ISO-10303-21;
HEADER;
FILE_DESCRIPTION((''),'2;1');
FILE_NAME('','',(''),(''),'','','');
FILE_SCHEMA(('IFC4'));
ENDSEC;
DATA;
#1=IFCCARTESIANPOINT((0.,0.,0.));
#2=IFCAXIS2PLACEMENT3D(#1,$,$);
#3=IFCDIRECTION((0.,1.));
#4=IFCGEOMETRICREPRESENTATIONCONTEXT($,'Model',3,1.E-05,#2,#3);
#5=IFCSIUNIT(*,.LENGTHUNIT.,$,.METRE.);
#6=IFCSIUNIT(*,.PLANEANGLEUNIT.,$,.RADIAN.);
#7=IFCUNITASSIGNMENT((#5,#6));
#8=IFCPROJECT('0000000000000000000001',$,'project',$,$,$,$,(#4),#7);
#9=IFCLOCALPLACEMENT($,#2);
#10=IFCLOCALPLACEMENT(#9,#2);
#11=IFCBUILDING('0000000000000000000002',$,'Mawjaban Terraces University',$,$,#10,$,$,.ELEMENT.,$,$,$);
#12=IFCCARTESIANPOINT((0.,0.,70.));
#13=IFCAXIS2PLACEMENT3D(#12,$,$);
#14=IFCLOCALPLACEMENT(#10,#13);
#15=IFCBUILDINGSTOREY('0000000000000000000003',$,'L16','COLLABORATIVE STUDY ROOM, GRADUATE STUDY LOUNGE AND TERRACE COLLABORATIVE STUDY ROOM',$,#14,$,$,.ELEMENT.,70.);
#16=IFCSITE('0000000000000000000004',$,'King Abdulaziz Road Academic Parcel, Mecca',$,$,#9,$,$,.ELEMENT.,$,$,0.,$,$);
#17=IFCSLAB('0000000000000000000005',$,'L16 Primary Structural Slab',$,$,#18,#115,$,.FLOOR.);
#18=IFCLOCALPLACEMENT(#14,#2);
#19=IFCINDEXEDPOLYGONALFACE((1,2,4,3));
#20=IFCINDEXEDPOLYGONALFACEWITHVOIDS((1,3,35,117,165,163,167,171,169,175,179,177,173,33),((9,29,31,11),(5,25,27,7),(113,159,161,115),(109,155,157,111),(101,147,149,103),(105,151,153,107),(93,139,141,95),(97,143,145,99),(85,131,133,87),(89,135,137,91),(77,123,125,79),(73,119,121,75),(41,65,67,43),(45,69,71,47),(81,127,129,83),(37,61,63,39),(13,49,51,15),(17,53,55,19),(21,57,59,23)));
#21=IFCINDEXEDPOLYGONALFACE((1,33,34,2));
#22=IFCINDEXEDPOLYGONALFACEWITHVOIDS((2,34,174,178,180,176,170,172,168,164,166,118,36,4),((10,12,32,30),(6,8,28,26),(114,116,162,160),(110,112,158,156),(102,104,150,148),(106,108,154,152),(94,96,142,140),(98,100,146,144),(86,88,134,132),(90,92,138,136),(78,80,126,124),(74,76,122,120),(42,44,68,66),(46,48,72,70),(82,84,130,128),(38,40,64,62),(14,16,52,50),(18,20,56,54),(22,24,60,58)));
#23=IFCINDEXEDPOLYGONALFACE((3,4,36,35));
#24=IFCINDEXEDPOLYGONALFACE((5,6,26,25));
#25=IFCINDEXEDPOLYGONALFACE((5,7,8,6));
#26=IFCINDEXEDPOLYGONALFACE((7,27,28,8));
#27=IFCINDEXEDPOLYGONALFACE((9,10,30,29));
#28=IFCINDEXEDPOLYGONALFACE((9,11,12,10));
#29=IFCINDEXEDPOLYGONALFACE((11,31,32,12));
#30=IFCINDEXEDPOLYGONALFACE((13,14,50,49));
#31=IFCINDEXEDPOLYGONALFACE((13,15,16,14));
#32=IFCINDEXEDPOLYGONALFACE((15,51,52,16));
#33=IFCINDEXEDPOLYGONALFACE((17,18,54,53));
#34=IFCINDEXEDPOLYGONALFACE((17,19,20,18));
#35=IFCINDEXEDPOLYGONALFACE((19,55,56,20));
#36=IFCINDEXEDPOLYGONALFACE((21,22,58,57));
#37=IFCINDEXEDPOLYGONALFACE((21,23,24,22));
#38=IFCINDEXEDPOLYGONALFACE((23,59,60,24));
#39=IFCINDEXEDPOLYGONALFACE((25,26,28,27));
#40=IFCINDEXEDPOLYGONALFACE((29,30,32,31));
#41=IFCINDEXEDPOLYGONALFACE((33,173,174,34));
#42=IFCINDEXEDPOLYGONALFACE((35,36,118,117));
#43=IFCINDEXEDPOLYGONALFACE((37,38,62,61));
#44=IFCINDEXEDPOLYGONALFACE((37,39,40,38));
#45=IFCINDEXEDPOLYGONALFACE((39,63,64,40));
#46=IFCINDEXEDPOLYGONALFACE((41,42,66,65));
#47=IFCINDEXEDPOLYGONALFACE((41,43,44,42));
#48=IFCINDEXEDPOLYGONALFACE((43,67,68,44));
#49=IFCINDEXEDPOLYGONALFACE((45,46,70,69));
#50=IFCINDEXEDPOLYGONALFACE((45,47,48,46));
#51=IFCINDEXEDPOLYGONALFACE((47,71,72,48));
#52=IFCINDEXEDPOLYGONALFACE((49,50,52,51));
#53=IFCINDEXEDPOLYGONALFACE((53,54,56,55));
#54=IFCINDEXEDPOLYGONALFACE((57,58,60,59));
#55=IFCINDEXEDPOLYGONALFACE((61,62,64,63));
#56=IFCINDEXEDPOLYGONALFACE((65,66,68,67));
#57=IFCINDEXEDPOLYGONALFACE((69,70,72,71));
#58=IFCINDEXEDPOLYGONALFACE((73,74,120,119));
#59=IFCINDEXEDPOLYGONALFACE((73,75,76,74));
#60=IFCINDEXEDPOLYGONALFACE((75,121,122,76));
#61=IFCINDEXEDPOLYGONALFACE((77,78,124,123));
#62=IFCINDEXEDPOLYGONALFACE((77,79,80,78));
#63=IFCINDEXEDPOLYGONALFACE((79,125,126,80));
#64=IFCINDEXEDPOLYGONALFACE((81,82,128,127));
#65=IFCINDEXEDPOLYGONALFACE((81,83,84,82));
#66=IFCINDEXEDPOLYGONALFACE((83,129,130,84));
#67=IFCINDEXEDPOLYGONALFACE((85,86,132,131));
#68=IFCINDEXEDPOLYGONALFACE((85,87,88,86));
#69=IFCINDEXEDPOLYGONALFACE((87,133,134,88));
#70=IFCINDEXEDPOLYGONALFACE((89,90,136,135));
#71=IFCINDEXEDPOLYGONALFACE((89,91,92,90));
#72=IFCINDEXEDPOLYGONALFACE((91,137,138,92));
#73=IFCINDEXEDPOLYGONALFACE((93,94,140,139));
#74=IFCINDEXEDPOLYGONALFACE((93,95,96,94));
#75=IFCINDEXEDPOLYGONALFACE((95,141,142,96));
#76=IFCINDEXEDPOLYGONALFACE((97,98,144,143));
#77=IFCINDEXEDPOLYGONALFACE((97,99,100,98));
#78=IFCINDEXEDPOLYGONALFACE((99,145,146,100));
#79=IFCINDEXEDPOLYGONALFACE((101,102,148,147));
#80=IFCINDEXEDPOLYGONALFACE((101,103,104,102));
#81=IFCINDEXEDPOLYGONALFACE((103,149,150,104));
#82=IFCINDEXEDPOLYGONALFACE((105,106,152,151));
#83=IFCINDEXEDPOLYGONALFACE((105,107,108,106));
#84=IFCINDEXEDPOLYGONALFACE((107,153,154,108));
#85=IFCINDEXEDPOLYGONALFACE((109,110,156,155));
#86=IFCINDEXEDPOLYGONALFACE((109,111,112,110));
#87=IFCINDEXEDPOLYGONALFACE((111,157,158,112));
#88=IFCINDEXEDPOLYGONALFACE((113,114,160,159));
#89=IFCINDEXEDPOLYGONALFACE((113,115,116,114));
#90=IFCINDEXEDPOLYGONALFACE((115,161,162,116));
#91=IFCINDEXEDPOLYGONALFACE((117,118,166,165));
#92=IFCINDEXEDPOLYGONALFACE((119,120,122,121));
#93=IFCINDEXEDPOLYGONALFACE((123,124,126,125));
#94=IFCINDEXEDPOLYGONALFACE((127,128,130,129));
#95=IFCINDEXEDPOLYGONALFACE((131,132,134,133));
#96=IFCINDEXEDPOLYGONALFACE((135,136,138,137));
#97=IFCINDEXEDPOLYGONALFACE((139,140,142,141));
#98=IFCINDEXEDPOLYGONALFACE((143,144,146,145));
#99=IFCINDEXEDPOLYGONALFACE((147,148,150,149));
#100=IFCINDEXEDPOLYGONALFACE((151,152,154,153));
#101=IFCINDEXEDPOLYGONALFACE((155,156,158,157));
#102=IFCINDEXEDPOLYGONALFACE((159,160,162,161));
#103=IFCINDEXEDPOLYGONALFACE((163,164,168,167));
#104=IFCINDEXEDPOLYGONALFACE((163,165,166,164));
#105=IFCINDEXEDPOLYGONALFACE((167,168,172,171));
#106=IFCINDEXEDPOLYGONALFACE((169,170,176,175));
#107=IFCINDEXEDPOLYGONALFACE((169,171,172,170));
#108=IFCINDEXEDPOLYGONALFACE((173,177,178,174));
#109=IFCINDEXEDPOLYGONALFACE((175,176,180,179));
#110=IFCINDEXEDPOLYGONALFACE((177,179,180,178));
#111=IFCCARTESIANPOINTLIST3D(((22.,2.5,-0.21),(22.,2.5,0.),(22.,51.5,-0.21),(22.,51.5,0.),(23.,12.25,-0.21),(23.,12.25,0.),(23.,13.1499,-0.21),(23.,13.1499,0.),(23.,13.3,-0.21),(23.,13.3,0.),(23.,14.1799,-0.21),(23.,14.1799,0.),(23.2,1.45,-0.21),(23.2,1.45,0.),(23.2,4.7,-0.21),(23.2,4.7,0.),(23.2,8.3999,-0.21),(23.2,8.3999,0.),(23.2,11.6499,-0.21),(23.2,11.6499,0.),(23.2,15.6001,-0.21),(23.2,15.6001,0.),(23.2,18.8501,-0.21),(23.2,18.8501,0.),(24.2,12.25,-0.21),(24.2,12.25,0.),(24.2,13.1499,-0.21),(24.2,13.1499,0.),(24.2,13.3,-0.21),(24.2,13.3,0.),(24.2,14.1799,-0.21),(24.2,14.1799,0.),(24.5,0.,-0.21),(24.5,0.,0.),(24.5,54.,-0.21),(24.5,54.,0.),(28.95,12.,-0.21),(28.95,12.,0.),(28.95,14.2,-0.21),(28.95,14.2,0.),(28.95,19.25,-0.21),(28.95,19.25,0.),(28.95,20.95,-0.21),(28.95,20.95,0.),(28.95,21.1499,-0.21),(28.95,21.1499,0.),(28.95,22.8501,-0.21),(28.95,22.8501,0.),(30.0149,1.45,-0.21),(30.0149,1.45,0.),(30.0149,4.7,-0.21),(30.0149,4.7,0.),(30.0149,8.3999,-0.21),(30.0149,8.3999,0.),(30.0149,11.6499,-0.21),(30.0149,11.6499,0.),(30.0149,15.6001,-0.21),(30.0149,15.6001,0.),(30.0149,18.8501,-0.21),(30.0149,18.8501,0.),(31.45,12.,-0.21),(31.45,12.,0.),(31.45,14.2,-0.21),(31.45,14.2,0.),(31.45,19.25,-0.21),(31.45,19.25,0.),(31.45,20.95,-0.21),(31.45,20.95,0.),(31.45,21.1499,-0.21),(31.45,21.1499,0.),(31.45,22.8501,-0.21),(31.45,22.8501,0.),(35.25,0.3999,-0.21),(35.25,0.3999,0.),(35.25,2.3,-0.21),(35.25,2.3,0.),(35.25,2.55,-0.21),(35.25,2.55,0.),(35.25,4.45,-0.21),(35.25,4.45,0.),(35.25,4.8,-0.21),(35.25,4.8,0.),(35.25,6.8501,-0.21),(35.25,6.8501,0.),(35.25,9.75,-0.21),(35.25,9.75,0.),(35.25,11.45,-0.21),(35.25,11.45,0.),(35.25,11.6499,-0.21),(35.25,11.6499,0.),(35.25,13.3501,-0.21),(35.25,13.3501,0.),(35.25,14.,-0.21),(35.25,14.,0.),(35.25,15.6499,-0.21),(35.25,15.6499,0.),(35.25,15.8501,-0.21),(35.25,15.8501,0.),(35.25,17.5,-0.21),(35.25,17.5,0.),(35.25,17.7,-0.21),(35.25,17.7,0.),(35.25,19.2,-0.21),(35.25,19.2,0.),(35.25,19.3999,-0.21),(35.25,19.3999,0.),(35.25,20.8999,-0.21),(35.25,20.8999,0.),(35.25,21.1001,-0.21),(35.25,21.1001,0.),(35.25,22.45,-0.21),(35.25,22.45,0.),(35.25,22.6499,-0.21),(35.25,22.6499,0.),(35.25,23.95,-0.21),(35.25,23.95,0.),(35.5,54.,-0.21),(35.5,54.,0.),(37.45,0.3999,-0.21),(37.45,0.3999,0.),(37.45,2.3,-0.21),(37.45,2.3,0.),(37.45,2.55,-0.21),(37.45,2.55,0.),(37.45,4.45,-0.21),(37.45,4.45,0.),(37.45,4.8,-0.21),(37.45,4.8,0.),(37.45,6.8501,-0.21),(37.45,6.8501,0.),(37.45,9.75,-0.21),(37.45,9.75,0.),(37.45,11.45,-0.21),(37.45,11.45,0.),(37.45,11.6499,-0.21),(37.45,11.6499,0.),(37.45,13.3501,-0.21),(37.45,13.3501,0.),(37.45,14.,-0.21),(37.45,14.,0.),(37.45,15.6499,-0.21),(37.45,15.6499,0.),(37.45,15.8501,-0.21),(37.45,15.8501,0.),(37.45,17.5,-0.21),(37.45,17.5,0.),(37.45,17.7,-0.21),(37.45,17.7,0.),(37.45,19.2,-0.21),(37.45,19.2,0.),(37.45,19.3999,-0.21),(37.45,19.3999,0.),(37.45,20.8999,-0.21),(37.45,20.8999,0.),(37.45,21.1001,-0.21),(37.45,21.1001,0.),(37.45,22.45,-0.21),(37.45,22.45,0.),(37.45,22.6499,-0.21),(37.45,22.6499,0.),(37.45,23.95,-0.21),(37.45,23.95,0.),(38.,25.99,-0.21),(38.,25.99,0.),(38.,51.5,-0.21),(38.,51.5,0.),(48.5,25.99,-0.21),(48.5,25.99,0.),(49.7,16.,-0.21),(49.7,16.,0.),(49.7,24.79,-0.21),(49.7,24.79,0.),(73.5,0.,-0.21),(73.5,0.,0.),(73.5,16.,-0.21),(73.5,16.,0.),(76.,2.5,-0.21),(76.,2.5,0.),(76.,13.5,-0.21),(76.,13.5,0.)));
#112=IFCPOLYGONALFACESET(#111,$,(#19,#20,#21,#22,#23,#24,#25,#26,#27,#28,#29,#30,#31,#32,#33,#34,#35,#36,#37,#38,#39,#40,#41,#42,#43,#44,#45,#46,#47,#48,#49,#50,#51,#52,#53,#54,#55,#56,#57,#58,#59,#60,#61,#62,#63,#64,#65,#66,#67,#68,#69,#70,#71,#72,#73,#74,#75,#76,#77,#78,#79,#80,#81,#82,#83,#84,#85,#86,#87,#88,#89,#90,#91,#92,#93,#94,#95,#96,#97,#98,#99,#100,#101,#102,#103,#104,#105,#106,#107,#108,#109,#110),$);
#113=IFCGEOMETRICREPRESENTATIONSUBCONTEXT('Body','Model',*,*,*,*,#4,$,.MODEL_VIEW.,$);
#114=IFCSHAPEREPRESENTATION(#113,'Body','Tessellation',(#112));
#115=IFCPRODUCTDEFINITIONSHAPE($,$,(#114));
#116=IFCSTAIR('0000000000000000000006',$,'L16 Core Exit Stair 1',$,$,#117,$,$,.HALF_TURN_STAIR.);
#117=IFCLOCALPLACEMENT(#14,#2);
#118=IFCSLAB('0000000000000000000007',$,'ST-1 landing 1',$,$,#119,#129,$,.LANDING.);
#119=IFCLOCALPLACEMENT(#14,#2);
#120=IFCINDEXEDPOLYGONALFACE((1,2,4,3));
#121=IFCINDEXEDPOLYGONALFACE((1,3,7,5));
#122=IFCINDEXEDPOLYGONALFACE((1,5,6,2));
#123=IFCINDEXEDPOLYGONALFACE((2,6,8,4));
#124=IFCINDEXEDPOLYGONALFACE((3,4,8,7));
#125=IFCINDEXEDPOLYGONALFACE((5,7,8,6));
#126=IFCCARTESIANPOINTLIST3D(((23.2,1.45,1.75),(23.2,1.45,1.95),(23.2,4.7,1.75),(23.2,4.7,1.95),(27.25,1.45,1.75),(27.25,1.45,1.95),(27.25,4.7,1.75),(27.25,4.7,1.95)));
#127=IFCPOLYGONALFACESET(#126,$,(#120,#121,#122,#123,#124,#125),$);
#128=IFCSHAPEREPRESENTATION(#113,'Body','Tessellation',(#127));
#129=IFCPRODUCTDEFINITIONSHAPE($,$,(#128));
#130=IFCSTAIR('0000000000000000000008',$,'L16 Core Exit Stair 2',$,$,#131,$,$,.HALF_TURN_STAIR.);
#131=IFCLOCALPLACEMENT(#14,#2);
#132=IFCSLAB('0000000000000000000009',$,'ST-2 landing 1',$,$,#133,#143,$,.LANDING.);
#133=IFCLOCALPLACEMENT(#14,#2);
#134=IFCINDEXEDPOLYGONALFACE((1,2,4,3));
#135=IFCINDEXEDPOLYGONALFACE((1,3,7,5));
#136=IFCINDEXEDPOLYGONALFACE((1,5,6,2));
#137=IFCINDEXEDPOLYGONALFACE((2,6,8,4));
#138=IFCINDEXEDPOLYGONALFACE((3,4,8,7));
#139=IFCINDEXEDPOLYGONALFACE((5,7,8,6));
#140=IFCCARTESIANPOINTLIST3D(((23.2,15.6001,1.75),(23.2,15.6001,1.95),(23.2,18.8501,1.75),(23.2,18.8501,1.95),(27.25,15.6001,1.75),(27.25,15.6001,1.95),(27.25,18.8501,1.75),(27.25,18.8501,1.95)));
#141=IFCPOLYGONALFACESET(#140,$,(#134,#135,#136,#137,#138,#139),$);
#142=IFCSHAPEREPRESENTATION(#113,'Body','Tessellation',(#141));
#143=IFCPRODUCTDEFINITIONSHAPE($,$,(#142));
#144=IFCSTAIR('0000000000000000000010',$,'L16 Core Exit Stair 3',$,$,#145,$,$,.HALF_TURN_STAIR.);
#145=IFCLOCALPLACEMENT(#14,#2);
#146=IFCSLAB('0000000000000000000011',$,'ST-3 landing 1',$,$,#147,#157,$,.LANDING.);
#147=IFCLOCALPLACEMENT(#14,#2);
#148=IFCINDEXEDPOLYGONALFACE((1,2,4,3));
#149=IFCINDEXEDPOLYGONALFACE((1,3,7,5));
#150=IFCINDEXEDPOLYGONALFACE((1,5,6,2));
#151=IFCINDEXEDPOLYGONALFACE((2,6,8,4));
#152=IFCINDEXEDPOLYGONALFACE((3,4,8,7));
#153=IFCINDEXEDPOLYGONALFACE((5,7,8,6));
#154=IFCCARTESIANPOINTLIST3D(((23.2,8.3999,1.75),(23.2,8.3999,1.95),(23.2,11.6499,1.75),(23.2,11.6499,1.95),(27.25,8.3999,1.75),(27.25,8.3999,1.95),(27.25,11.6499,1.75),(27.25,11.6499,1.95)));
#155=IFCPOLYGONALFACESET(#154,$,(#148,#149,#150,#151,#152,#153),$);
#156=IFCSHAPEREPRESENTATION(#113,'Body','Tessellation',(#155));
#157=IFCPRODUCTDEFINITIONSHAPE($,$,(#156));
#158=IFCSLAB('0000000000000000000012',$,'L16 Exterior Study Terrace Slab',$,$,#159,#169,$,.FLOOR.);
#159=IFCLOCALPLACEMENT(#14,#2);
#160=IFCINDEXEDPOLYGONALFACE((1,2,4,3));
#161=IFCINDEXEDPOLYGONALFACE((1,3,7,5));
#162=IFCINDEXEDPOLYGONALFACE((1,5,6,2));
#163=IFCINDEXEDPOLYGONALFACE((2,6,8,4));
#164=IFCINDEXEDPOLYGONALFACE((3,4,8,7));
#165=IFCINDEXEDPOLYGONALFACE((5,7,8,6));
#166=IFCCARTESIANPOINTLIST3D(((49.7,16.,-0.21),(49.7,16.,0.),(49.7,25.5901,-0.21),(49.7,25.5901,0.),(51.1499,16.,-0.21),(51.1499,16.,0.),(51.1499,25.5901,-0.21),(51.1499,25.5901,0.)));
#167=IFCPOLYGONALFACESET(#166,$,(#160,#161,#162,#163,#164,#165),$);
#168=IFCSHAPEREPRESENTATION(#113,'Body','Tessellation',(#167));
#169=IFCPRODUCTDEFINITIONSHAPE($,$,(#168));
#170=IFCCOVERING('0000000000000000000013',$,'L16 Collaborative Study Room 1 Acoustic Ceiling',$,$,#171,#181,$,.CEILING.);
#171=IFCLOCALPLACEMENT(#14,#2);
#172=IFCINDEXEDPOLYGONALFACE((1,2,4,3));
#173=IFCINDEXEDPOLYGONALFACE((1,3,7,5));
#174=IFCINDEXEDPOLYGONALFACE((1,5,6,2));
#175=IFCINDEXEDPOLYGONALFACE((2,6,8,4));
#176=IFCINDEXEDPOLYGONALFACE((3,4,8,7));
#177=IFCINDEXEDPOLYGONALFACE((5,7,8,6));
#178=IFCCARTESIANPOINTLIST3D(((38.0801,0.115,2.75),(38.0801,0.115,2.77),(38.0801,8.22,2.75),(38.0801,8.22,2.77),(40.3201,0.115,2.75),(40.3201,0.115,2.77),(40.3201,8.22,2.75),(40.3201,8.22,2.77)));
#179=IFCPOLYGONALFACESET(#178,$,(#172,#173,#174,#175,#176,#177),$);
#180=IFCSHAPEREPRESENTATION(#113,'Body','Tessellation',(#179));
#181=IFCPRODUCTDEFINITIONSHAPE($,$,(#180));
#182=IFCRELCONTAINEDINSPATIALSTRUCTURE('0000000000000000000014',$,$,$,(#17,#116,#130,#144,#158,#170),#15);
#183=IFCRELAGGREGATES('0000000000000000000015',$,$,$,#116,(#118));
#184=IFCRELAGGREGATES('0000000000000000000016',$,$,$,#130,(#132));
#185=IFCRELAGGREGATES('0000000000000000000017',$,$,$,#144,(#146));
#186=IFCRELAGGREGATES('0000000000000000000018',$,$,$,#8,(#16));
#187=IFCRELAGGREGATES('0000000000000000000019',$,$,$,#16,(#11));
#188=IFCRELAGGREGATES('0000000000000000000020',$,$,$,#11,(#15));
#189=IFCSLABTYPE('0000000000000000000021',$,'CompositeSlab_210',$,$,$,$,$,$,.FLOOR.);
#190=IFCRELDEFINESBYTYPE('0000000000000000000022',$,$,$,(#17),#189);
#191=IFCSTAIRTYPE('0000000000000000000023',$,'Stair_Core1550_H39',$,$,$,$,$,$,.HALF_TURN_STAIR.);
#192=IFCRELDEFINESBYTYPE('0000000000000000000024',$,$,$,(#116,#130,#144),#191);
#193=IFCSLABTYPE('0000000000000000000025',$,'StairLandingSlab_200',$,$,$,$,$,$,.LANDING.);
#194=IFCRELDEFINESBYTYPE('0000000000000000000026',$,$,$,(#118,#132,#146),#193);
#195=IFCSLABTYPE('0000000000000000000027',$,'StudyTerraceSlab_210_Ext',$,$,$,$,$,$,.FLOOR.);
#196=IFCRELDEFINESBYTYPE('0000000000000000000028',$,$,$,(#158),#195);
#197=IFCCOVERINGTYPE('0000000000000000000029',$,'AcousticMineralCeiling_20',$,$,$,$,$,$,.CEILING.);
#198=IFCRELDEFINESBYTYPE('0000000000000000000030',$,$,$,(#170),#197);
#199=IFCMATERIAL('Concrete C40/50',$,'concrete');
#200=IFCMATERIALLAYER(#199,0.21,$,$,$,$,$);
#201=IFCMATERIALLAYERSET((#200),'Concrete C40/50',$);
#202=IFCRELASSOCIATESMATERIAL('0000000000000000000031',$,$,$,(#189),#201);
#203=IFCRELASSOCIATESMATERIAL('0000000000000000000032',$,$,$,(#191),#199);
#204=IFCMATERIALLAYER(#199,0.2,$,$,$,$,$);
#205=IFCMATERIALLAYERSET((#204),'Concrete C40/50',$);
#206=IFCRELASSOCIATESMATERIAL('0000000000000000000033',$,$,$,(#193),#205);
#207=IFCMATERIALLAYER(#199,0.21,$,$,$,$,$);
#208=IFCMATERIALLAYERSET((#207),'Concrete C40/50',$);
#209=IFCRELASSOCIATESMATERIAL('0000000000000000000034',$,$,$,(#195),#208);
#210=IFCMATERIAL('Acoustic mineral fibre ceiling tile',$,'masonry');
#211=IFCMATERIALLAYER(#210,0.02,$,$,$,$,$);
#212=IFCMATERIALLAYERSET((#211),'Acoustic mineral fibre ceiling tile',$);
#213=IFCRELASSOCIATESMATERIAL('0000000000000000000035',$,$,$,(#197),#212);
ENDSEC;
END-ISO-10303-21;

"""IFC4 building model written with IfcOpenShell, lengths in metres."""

from ifc_helpers import new_model, si_unit, direction, frame, origin, place, context, subcontext, project, spatial, polyline, outline, extrude, material, layer, layer_set, type_object, element, aggregate, save


model = new_model("IFC4")

# Units and contexts
model_context = context("Model", 3, precision=1e-05, world=origin(), true_north=direction((0.0, 1.0)))
body_context = subcontext(model_context, "Body", "Model", "MODEL_VIEW")
ifc_project = project(units=[si_unit("LENGTHUNIT", "METRE"), si_unit("PLANEANGLEUNIT", "RADIAN")], contexts=[model_context])

# Site, building, storey
site_placement = place(None, origin())
site = spatial("IfcSite", under=ifc_project, at=site_placement, Name="King Abdulaziz Road Academic Parcel, Mecca", CompositionType="ELEMENT", RefElevation=0.0)
building_placement = place(site_placement, origin())
building = spatial("IfcBuilding", under=site, at=building_placement, Name="Mawjaban Terraces University", CompositionType="ELEMENT")
storey_placement = place(building_placement, frame((0.0, 0.0, 70.0)))
storey = spatial("IfcBuildingStorey", under=building, at=storey_placement, Name="L16", Description="COLLABORATIVE STUDY ROOM, GRADUATE STUDY LOUNGE AND TERRACE COLLABORATIVE STUDY ROOM", CompositionType="ELEMENT", Elevation=70.0)

# Slab
ifc_material_1 = material(Name="Concrete C40/50", Category="concrete")
ifc_layer_1 = layer(ifc_material_1, 0.21)
ifc_layer_set_1 = layer_set([ifc_layer_1], Name="Concrete C40/50")
slab_type_1 = type_object("IfcSlabType", Name="CompositeSlab_210", PredefinedType="FLOOR", material=ifc_layer_set_1)
slab_1_placement = place(storey_placement, frame((0.0, 0.0, -0.21)))
element("IfcSlab", 1, at=slab_1_placement, inside=storey, type_object=slab_type_1, Name="L16 Primary Structural Slab", PredefinedType="FLOOR", context=body_context, shape_type="SweptSolid", body=[
    extrude(outline(polyline([(24.5, 0.0), (73.5, 0.0), (76.0, 2.5), (76.0, 13.5), (73.5, 16.0), (49.7, 16.0), (49.7, 24.79), (48.5, 25.99), (38.0, 25.99), (38.0, 51.5), (35.5, 54.0), (24.5, 54.0), (22.0, 51.5), (22.0, 2.5), (24.5, 0.0)]), holes=[polyline([(30.0149, 4.7), (23.2, 4.7), (23.2, 1.45), (30.0149, 1.45), (30.0149, 4.7)]), polyline([(30.0149, 18.8501), (23.2, 18.8501), (23.2, 15.6001), (30.0149, 15.6001), (30.0149, 18.8501)]), polyline([(30.0149, 11.6499), (23.2, 11.6499), (23.2, 8.3999), (30.0149, 8.3999), (30.0149, 11.6499)]), polyline([(35.25, 0.3999), (37.45, 0.3999), (37.45, 2.3), (35.25, 2.3), (35.25, 0.3999)]), polyline([(35.25, 2.55), (37.45, 2.55), (37.45, 4.45), (35.25, 4.45), (35.25, 2.55)]), polyline([(35.25, 4.8), (37.45, 4.8), (37.45, 6.8501), (35.25, 6.8501), (35.25, 4.8)]), polyline([(35.25, 9.75), (37.45, 9.75), (37.45, 11.45), (35.25, 11.45), (35.25, 9.75)]), polyline([(35.25, 11.6499), (37.45, 11.6499), (37.45, 13.3501), (35.25, 13.3501), (35.25, 11.6499)]), polyline([(28.95, 12.0), (31.45, 12.0), (31.45, 14.2), (28.95, 14.2), (28.95, 12.0)]), polyline([(35.25, 14.0), (37.45, 14.0), (37.45, 15.6499), (35.25, 15.6499), (35.25, 14.0)]), polyline([(35.25, 15.8501), (37.45, 15.8501), (37.45, 17.5), (35.25, 17.5), (35.25, 15.8501)]), polyline([(35.25, 17.7), (37.45, 17.7), (37.45, 19.2), (35.25, 19.2), (35.25, 17.7)]), polyline([(35.25, 19.3999), (37.45, 19.3999), (37.45, 20.8999), (35.25, 20.8999), (35.25, 19.3999)]), polyline([(28.95, 19.25), (31.45, 19.25), (31.45, 20.95), (28.95, 20.95), (28.95, 19.25)]), polyline([(35.25, 21.1001), (37.45, 21.1001), (37.45, 22.45), (35.25, 22.45), (35.25, 21.1001)]), polyline([(35.25, 22.6499), (37.45, 22.6499), (37.45, 23.95), (35.25, 23.95), (35.25, 22.6499)]), polyline([(28.95, 21.1499), (31.45, 21.1499), (31.45, 22.8501), (28.95, 22.8501), (28.95, 21.1499)]), polyline([(23.0, 12.25), (24.2, 12.25), (24.2, 13.1499), (23.0, 13.1499), (23.0, 12.25)]), polyline([(23.0, 13.3), (24.2, 13.3), (24.2, 14.1799), (23.0, 14.1799), (23.0, 13.3)])]), origin(), (0.0, 0.0, 1.0), 0.21),
])

# Stairs, slabs
stair_type = type_object("IfcStairType", Name="Stair_Core1550_H39", PredefinedType="HALF_TURN_STAIR", material=ifc_material_1)
stair_1_placement = place(storey_placement, origin())
stair_1 = element("IfcStair", 2, at=stair_1_placement, inside=storey, type_object=stair_type, Name="L16 Core Exit Stair 1", PredefinedType="HALF_TURN_STAIR")
ifc_layer_2 = layer(ifc_material_1, 0.2)
ifc_layer_set_2 = layer_set([ifc_layer_2], Name="Concrete C40/50")
slab_type_2 = type_object("IfcSlabType", Name="StairLandingSlab_200", PredefinedType="LANDING", material=ifc_layer_set_2)
slab_2_placement = place(storey_placement, frame((0.0, 0.0, 1.75)))
slab_2 = element("IfcSlab", 3, at=slab_2_placement, type_object=slab_type_2, Name="ST-1 landing 1", PredefinedType="LANDING", context=body_context, shape_type="SweptSolid", body=[
    extrude(outline(polyline([(27.25, 4.7), (23.2, 4.7), (23.2, 1.45), (27.25, 1.45), (27.25, 4.7)])), origin(), (0.0, 0.0, 1.0), 0.2),
])
aggregate(stair_1, [slab_2])
stair_2_placement = place(storey_placement, origin())
stair_2 = element("IfcStair", 4, at=stair_2_placement, inside=storey, type_object=stair_type, Name="L16 Core Exit Stair 2", PredefinedType="HALF_TURN_STAIR")
slab_3_placement = place(storey_placement, frame((0.0, 0.0, 1.75)))
slab_3 = element("IfcSlab", 5, at=slab_3_placement, type_object=slab_type_2, Name="ST-2 landing 1", PredefinedType="LANDING", context=body_context, shape_type="SweptSolid", body=[
    extrude(outline(polyline([(27.25, 18.8501), (23.2, 18.8501), (23.2, 15.6001), (27.25, 15.6001), (27.25, 18.8501)])), origin(), (0.0, 0.0, 1.0), 0.2),
])
aggregate(stair_2, [slab_3])
stair_3_placement = place(storey_placement, origin())
stair_3 = element("IfcStair", 6, at=stair_3_placement, inside=storey, type_object=stair_type, Name="L16 Core Exit Stair 3", PredefinedType="HALF_TURN_STAIR")
slab_4_placement = place(storey_placement, frame((0.0, 0.0, 1.75)))
slab_4 = element("IfcSlab", 7, at=slab_4_placement, type_object=slab_type_2, Name="ST-3 landing 1", PredefinedType="LANDING", context=body_context, shape_type="SweptSolid", body=[
    extrude(outline(polyline([(27.25, 11.6499), (23.2, 11.6499), (23.2, 8.3999), (27.25, 8.3999), (27.25, 11.6499)])), origin(), (0.0, 0.0, 1.0), 0.2),
])
aggregate(stair_3, [slab_4])

# Slab
ifc_layer_3 = layer(ifc_material_1, 0.21)
ifc_layer_set_3 = layer_set([ifc_layer_3], Name="Concrete C40/50")
slab_type_3 = type_object("IfcSlabType", Name="StudyTerraceSlab_210_Ext", PredefinedType="FLOOR", material=ifc_layer_set_3)
slab_5_placement = place(storey_placement, frame((0.0, 0.0, -0.21)))
element("IfcSlab", 8, at=slab_5_placement, inside=storey, type_object=slab_type_3, Name="L16 Exterior Study Terrace Slab", PredefinedType="FLOOR", context=body_context, shape_type="SweptSolid", body=[
    extrude(outline(polyline([(49.7, 16.0), (51.1499, 16.0), (51.1499, 25.5901), (49.7, 25.5901), (49.7, 16.0)])), origin(), (0.0, 0.0, 1.0), 0.21),
])

# Covering
ifc_material_2 = material(Name="Acoustic mineral fibre ceiling tile", Category="masonry")
ifc_layer_4 = layer(ifc_material_2, 0.02)
ifc_layer_set_4 = layer_set([ifc_layer_4], Name="Acoustic mineral fibre ceiling tile")
covering_type_1 = type_object("IfcCoveringType", Name="AcousticMineralCeiling_20", PredefinedType="CEILING", material=ifc_layer_set_4)
covering_1_placement = place(storey_placement, frame((0.0, 0.0, 2.75)))
element("IfcCovering", 9, at=covering_1_placement, inside=storey, type_object=covering_type_1, Name="L16 Collaborative Study Room 1 Acoustic Ceiling", PredefinedType="CEILING", context=body_context, shape_type="SweptSolid", body=[
    extrude(outline(polyline([(38.0801, 0.115), (40.3201, 0.115), (40.3201, 8.22), (38.0801, 8.22), (38.0801, 0.115)])), origin(), (0.0, 0.0, 1.0), 0.02),
])

save(model, "model.ifc")
